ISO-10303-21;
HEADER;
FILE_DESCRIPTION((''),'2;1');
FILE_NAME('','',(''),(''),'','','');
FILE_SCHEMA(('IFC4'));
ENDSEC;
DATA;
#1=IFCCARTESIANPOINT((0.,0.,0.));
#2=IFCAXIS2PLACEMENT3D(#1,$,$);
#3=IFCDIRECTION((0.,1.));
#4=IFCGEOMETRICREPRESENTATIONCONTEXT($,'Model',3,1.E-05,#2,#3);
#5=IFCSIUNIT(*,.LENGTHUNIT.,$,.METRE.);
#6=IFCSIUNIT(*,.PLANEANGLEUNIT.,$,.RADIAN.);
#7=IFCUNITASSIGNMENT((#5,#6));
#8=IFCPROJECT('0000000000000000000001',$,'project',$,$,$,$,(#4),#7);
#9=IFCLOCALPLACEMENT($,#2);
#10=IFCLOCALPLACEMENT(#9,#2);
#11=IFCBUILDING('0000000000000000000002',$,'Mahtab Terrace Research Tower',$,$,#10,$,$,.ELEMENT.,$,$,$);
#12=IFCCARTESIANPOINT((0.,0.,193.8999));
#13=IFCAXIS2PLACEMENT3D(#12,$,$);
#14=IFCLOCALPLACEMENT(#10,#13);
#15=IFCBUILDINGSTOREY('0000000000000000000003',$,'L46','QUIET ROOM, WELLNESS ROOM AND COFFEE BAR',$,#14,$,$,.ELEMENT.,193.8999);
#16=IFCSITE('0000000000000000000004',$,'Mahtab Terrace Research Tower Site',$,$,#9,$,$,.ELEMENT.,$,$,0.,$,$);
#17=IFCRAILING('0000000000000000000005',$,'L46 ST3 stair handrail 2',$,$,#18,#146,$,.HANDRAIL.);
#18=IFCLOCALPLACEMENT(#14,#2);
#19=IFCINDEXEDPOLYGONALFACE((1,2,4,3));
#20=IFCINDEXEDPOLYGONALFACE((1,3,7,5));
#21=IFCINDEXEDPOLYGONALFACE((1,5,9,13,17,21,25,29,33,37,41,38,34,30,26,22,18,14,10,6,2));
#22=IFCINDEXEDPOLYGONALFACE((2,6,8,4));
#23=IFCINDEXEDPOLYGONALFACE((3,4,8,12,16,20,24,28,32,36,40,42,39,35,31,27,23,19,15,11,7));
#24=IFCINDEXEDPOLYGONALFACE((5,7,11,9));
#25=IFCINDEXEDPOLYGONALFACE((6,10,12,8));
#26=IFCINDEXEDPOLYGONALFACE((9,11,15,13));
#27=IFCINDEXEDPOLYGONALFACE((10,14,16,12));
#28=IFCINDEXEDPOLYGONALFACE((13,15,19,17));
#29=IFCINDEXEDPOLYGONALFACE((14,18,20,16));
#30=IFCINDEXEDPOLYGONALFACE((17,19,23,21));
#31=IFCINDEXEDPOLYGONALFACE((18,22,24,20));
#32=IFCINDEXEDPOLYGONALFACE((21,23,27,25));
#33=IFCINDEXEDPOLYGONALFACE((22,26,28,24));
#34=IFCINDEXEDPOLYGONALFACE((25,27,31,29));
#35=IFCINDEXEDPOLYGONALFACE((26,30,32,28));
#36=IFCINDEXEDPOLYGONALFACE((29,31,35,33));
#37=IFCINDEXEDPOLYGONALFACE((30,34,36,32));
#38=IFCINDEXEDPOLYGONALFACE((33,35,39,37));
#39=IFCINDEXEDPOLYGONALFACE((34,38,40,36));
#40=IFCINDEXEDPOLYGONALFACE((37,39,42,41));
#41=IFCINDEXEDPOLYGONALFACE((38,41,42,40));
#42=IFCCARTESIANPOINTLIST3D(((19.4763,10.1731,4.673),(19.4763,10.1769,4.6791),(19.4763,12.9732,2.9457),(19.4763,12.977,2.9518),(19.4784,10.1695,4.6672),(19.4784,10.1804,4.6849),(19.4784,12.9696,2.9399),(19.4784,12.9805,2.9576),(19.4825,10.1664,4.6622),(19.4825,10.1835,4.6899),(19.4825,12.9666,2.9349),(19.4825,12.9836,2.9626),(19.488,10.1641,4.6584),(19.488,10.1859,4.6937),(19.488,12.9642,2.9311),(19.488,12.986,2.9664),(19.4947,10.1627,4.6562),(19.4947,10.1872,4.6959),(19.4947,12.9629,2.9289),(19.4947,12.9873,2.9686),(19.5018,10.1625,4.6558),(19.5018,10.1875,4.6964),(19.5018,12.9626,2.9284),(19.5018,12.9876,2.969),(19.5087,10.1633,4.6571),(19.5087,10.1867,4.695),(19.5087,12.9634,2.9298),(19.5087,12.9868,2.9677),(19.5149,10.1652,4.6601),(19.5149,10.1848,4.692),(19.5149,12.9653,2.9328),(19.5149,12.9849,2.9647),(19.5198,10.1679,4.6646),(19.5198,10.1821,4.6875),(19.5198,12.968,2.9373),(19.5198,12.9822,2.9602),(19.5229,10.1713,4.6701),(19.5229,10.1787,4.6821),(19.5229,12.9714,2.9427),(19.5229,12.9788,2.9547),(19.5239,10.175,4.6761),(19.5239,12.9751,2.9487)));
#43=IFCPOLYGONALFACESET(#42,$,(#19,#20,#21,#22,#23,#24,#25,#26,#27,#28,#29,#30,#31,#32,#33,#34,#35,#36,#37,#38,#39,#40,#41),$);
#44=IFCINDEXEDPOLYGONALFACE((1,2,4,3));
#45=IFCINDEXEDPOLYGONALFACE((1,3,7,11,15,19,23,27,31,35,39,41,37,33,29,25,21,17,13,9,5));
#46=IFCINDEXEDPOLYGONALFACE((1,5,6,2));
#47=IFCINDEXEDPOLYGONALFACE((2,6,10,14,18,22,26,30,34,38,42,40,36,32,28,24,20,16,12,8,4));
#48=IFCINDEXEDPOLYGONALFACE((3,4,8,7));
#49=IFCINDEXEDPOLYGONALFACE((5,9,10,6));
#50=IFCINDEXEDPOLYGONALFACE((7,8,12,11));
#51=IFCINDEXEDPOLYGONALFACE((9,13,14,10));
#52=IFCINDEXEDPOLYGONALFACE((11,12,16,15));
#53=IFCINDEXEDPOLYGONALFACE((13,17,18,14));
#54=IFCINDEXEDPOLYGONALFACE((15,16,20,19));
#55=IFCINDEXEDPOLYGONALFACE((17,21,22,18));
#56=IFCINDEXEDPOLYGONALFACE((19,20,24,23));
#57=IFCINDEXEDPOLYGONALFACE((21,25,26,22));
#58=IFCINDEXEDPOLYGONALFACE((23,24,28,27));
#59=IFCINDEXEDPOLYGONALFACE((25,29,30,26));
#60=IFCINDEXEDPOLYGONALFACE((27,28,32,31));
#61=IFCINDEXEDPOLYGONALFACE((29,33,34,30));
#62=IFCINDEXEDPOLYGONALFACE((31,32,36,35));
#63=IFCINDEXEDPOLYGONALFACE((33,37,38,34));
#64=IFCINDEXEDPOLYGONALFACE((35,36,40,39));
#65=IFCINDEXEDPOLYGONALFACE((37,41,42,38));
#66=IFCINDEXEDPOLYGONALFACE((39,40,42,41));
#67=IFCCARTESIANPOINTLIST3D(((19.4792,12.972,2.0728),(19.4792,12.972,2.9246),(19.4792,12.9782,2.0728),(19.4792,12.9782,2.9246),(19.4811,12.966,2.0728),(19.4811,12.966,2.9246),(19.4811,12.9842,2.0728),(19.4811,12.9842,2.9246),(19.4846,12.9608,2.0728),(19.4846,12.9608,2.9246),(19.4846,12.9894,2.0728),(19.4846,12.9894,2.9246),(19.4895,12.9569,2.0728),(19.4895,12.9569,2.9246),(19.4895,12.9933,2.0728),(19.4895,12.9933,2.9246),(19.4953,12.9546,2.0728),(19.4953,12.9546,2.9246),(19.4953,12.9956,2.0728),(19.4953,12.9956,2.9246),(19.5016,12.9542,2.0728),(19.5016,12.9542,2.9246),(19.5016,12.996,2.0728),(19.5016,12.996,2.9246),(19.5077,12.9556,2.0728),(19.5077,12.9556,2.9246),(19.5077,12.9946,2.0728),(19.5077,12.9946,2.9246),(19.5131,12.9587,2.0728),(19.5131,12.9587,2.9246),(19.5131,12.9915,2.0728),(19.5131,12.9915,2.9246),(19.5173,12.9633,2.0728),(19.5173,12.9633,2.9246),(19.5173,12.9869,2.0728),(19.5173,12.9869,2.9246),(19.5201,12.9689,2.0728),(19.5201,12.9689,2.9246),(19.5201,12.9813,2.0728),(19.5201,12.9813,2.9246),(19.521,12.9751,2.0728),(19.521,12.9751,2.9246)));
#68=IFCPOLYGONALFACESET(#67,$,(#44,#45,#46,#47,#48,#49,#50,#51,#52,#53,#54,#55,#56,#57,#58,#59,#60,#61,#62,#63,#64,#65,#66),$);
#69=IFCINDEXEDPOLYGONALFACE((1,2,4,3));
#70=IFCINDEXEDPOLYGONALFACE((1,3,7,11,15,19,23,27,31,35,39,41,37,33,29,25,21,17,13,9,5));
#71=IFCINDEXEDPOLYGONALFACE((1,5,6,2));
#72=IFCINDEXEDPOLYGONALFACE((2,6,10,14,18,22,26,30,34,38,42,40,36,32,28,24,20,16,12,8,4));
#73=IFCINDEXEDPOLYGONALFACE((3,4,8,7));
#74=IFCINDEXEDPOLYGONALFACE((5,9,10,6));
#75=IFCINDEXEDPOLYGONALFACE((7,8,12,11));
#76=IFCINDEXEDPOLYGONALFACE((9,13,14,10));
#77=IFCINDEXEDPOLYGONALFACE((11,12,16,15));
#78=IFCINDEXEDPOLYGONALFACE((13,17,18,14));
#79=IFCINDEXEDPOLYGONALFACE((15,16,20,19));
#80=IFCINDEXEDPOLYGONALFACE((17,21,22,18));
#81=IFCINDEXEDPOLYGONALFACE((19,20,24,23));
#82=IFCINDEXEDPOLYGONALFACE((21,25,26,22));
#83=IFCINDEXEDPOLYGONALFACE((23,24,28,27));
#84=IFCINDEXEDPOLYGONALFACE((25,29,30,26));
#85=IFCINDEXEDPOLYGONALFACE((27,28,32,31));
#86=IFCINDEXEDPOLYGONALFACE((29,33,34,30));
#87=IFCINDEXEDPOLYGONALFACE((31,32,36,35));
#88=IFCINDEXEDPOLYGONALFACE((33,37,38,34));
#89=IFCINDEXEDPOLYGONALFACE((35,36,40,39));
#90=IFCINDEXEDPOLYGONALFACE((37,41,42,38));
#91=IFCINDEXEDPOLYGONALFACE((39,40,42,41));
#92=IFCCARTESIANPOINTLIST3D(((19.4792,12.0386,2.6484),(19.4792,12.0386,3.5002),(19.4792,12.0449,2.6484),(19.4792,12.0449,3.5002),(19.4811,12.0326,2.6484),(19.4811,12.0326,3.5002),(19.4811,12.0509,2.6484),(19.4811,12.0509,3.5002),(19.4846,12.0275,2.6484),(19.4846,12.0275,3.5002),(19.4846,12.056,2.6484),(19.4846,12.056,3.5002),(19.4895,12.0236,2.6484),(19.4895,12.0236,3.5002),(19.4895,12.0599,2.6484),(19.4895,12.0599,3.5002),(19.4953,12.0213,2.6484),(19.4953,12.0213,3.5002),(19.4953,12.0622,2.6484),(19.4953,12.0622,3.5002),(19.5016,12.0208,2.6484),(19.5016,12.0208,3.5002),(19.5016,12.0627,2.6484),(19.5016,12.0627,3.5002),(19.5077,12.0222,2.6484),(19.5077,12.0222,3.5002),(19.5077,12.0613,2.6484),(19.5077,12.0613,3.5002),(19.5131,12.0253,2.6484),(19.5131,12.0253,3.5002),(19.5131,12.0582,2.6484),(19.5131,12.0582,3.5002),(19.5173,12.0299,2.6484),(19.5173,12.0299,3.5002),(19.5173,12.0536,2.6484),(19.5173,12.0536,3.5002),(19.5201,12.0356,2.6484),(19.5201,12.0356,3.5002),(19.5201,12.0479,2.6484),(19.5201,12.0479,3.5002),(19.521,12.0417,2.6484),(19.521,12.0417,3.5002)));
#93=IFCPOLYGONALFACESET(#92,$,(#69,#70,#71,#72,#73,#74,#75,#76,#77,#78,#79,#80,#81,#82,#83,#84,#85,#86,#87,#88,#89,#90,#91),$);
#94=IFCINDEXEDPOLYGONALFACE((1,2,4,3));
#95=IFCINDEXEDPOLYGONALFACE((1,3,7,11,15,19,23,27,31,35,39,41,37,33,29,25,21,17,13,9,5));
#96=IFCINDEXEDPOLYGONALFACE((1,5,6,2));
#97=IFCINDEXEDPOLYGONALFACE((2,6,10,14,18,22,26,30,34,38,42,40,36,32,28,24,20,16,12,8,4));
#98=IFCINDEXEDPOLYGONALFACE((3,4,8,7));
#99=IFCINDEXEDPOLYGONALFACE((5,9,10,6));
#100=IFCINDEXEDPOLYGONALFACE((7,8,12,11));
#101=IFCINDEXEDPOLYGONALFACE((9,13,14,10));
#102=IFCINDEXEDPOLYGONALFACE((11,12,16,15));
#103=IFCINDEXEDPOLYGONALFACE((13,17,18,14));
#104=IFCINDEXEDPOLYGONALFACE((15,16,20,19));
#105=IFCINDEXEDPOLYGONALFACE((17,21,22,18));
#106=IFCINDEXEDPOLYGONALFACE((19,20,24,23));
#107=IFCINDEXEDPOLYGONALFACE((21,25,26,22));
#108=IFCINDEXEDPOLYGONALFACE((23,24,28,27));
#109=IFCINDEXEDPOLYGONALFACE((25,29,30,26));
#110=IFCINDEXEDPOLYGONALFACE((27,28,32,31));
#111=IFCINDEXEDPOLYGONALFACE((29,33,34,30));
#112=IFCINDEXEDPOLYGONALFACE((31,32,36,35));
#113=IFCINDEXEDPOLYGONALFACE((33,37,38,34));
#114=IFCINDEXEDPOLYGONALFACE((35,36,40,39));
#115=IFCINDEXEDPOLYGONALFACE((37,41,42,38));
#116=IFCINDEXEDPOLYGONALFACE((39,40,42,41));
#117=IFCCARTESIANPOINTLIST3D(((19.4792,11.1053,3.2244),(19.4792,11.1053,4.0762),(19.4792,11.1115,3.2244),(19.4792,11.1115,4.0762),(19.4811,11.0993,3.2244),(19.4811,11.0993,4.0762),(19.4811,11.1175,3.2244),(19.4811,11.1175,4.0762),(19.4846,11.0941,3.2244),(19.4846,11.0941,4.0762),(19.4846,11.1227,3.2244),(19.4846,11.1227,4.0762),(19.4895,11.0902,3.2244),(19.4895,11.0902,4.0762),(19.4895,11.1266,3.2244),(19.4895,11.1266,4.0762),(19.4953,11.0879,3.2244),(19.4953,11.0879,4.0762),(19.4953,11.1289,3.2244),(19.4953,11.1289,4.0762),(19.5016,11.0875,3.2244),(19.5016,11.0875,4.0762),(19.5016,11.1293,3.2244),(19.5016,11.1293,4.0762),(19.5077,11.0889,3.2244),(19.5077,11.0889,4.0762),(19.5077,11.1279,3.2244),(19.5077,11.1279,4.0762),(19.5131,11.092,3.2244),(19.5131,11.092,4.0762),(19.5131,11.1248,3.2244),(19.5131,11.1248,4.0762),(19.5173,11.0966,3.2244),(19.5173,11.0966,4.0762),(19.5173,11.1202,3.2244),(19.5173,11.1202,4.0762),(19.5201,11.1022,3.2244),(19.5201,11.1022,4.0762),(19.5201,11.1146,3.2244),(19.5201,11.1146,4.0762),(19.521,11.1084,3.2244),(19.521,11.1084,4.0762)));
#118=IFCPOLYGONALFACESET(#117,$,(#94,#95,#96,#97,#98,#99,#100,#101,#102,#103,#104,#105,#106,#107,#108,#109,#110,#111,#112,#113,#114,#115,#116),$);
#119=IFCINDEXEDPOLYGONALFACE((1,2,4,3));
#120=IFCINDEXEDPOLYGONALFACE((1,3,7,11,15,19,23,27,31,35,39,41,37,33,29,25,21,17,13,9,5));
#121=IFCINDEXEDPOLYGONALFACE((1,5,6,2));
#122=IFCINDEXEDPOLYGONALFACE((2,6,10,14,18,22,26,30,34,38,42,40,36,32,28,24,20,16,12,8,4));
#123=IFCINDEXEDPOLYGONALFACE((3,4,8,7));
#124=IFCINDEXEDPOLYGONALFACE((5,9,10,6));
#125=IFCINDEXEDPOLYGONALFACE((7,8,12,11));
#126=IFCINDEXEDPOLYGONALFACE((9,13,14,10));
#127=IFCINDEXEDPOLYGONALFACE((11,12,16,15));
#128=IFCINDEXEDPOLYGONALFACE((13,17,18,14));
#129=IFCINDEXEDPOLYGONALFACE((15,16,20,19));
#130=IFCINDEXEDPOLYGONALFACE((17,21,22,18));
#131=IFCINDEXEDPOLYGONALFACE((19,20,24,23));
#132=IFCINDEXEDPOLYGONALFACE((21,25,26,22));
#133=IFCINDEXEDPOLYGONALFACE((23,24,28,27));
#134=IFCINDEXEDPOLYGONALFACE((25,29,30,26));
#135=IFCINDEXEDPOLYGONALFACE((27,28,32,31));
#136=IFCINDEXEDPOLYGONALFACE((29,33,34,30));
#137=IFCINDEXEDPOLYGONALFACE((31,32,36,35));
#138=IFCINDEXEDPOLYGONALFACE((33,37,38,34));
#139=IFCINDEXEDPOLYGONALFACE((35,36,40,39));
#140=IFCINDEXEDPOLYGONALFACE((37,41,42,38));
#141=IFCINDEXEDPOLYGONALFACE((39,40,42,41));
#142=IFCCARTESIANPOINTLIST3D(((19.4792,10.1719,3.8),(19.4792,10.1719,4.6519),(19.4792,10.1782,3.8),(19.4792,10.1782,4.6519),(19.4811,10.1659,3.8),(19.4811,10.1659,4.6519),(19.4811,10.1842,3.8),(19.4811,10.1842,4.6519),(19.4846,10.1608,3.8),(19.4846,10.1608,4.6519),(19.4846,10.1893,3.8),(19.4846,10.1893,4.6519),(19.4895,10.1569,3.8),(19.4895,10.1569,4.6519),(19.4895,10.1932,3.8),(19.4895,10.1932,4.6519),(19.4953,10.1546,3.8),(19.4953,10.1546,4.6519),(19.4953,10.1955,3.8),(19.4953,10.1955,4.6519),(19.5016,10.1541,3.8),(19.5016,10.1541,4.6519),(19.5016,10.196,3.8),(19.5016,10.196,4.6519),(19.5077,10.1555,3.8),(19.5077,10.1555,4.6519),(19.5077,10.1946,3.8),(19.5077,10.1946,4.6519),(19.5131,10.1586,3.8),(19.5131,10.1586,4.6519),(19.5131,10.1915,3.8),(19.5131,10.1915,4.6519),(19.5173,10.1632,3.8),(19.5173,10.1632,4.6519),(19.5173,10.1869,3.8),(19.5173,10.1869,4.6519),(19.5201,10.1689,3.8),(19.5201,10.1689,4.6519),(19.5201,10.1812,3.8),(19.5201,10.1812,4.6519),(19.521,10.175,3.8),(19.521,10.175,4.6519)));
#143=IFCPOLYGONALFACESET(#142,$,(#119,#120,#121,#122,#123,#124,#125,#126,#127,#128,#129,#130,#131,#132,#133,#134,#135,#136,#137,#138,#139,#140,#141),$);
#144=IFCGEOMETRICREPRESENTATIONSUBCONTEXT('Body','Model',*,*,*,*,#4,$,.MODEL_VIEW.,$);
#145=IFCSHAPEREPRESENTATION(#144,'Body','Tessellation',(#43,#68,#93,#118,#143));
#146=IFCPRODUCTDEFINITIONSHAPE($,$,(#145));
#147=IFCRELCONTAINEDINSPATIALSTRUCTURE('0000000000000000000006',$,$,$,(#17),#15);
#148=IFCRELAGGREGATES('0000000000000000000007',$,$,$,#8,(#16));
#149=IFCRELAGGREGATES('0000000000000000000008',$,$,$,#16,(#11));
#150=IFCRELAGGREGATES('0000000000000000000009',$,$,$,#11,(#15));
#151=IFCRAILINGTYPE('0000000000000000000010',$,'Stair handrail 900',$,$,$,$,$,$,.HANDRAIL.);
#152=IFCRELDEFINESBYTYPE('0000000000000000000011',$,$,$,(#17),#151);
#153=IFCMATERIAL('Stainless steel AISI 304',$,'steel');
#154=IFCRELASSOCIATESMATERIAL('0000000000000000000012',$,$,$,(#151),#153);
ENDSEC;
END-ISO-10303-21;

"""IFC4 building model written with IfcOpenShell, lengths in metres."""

from ifc_helpers import new_model, si_unit, direction, frame, origin, origin_2d, place, context, subcontext, project, spatial, circle, extrude, material, type_object, element, save


model = new_model("IFC4")

# Units and contexts
model_context = context("Model", 3, precision=1e-05, world=origin(), true_north=direction((0.0, 1.0)))
body_context = subcontext(model_context, "Body", "Model", "MODEL_VIEW")
ifc_project = project(units=[si_unit("LENGTHUNIT", "METRE"), si_unit("PLANEANGLEUNIT", "RADIAN")], contexts=[model_context])

# Site, building, storey
site_placement = place(None, origin())
site = spatial("IfcSite", under=ifc_project, at=site_placement, Name="Mahtab Terrace Research Tower Site", CompositionType="ELEMENT", RefElevation=0.0)
building_placement = place(site_placement, origin())
building = spatial("IfcBuilding", under=site, at=building_placement, Name="Mahtab Terrace Research Tower", CompositionType="ELEMENT")
storey_placement = place(building_placement, frame((0.0, 0.0, 193.8999)))
storey = spatial("IfcBuildingStorey", under=building, at=storey_placement, Name="L46", Description="QUIET ROOM, WELLNESS ROOM AND COFFEE BAR", CompositionType="ELEMENT", Elevation=193.8999)

# Shared definitions
ifc_material_1 = material(Name="Stainless steel AISI 304", Category="steel")

# Railing
railing_type_1 = type_object("IfcRailingType", Name="Stair handrail 900", PredefinedType="HANDRAIL", material=ifc_material_1)
railing_1_placement = place(storey_placement, frame((19.5, 12.9751, 2.0728)))
element("IfcRailing", 1, at=railing_1_placement, inside=storey, type_object=railing_type_1, Name="L46 ST3 stair handrail 2", PredefinedType="HANDRAIL", context=body_context, shape_type="SweptSolid", body=[
    extrude(circle(Radius=0.0239, at=origin_2d()), frame((0.0, 0.0, 0.876), z_axis=(0.0, -0.85109, 0.52502), x_axis=(1.0, 0.0, 0.0)), (0.0, 0.0, 1.0), 3.29),
    extrude(circle(Radius=0.021, at=origin_2d()), origin(), (0.0, 0.0, 1.0), 0.8518),
    extrude(circle(Radius=0.021, at=origin_2d()), frame((0.0, -0.9333, 0.5757)), (0.0, 0.0, 1.0), 0.8518),
    extrude(circle(Radius=0.021, at=origin_2d()), frame((0.0, -1.8667, 1.1516)), (0.0, 0.0, 1.0), 0.8518),
    extrude(circle(Radius=0.021, at=origin_2d()), frame((0.0, -2.8, 1.7273)), (0.0, 0.0, 1.0), 0.8518),
])

save(model, "model.ifc")
